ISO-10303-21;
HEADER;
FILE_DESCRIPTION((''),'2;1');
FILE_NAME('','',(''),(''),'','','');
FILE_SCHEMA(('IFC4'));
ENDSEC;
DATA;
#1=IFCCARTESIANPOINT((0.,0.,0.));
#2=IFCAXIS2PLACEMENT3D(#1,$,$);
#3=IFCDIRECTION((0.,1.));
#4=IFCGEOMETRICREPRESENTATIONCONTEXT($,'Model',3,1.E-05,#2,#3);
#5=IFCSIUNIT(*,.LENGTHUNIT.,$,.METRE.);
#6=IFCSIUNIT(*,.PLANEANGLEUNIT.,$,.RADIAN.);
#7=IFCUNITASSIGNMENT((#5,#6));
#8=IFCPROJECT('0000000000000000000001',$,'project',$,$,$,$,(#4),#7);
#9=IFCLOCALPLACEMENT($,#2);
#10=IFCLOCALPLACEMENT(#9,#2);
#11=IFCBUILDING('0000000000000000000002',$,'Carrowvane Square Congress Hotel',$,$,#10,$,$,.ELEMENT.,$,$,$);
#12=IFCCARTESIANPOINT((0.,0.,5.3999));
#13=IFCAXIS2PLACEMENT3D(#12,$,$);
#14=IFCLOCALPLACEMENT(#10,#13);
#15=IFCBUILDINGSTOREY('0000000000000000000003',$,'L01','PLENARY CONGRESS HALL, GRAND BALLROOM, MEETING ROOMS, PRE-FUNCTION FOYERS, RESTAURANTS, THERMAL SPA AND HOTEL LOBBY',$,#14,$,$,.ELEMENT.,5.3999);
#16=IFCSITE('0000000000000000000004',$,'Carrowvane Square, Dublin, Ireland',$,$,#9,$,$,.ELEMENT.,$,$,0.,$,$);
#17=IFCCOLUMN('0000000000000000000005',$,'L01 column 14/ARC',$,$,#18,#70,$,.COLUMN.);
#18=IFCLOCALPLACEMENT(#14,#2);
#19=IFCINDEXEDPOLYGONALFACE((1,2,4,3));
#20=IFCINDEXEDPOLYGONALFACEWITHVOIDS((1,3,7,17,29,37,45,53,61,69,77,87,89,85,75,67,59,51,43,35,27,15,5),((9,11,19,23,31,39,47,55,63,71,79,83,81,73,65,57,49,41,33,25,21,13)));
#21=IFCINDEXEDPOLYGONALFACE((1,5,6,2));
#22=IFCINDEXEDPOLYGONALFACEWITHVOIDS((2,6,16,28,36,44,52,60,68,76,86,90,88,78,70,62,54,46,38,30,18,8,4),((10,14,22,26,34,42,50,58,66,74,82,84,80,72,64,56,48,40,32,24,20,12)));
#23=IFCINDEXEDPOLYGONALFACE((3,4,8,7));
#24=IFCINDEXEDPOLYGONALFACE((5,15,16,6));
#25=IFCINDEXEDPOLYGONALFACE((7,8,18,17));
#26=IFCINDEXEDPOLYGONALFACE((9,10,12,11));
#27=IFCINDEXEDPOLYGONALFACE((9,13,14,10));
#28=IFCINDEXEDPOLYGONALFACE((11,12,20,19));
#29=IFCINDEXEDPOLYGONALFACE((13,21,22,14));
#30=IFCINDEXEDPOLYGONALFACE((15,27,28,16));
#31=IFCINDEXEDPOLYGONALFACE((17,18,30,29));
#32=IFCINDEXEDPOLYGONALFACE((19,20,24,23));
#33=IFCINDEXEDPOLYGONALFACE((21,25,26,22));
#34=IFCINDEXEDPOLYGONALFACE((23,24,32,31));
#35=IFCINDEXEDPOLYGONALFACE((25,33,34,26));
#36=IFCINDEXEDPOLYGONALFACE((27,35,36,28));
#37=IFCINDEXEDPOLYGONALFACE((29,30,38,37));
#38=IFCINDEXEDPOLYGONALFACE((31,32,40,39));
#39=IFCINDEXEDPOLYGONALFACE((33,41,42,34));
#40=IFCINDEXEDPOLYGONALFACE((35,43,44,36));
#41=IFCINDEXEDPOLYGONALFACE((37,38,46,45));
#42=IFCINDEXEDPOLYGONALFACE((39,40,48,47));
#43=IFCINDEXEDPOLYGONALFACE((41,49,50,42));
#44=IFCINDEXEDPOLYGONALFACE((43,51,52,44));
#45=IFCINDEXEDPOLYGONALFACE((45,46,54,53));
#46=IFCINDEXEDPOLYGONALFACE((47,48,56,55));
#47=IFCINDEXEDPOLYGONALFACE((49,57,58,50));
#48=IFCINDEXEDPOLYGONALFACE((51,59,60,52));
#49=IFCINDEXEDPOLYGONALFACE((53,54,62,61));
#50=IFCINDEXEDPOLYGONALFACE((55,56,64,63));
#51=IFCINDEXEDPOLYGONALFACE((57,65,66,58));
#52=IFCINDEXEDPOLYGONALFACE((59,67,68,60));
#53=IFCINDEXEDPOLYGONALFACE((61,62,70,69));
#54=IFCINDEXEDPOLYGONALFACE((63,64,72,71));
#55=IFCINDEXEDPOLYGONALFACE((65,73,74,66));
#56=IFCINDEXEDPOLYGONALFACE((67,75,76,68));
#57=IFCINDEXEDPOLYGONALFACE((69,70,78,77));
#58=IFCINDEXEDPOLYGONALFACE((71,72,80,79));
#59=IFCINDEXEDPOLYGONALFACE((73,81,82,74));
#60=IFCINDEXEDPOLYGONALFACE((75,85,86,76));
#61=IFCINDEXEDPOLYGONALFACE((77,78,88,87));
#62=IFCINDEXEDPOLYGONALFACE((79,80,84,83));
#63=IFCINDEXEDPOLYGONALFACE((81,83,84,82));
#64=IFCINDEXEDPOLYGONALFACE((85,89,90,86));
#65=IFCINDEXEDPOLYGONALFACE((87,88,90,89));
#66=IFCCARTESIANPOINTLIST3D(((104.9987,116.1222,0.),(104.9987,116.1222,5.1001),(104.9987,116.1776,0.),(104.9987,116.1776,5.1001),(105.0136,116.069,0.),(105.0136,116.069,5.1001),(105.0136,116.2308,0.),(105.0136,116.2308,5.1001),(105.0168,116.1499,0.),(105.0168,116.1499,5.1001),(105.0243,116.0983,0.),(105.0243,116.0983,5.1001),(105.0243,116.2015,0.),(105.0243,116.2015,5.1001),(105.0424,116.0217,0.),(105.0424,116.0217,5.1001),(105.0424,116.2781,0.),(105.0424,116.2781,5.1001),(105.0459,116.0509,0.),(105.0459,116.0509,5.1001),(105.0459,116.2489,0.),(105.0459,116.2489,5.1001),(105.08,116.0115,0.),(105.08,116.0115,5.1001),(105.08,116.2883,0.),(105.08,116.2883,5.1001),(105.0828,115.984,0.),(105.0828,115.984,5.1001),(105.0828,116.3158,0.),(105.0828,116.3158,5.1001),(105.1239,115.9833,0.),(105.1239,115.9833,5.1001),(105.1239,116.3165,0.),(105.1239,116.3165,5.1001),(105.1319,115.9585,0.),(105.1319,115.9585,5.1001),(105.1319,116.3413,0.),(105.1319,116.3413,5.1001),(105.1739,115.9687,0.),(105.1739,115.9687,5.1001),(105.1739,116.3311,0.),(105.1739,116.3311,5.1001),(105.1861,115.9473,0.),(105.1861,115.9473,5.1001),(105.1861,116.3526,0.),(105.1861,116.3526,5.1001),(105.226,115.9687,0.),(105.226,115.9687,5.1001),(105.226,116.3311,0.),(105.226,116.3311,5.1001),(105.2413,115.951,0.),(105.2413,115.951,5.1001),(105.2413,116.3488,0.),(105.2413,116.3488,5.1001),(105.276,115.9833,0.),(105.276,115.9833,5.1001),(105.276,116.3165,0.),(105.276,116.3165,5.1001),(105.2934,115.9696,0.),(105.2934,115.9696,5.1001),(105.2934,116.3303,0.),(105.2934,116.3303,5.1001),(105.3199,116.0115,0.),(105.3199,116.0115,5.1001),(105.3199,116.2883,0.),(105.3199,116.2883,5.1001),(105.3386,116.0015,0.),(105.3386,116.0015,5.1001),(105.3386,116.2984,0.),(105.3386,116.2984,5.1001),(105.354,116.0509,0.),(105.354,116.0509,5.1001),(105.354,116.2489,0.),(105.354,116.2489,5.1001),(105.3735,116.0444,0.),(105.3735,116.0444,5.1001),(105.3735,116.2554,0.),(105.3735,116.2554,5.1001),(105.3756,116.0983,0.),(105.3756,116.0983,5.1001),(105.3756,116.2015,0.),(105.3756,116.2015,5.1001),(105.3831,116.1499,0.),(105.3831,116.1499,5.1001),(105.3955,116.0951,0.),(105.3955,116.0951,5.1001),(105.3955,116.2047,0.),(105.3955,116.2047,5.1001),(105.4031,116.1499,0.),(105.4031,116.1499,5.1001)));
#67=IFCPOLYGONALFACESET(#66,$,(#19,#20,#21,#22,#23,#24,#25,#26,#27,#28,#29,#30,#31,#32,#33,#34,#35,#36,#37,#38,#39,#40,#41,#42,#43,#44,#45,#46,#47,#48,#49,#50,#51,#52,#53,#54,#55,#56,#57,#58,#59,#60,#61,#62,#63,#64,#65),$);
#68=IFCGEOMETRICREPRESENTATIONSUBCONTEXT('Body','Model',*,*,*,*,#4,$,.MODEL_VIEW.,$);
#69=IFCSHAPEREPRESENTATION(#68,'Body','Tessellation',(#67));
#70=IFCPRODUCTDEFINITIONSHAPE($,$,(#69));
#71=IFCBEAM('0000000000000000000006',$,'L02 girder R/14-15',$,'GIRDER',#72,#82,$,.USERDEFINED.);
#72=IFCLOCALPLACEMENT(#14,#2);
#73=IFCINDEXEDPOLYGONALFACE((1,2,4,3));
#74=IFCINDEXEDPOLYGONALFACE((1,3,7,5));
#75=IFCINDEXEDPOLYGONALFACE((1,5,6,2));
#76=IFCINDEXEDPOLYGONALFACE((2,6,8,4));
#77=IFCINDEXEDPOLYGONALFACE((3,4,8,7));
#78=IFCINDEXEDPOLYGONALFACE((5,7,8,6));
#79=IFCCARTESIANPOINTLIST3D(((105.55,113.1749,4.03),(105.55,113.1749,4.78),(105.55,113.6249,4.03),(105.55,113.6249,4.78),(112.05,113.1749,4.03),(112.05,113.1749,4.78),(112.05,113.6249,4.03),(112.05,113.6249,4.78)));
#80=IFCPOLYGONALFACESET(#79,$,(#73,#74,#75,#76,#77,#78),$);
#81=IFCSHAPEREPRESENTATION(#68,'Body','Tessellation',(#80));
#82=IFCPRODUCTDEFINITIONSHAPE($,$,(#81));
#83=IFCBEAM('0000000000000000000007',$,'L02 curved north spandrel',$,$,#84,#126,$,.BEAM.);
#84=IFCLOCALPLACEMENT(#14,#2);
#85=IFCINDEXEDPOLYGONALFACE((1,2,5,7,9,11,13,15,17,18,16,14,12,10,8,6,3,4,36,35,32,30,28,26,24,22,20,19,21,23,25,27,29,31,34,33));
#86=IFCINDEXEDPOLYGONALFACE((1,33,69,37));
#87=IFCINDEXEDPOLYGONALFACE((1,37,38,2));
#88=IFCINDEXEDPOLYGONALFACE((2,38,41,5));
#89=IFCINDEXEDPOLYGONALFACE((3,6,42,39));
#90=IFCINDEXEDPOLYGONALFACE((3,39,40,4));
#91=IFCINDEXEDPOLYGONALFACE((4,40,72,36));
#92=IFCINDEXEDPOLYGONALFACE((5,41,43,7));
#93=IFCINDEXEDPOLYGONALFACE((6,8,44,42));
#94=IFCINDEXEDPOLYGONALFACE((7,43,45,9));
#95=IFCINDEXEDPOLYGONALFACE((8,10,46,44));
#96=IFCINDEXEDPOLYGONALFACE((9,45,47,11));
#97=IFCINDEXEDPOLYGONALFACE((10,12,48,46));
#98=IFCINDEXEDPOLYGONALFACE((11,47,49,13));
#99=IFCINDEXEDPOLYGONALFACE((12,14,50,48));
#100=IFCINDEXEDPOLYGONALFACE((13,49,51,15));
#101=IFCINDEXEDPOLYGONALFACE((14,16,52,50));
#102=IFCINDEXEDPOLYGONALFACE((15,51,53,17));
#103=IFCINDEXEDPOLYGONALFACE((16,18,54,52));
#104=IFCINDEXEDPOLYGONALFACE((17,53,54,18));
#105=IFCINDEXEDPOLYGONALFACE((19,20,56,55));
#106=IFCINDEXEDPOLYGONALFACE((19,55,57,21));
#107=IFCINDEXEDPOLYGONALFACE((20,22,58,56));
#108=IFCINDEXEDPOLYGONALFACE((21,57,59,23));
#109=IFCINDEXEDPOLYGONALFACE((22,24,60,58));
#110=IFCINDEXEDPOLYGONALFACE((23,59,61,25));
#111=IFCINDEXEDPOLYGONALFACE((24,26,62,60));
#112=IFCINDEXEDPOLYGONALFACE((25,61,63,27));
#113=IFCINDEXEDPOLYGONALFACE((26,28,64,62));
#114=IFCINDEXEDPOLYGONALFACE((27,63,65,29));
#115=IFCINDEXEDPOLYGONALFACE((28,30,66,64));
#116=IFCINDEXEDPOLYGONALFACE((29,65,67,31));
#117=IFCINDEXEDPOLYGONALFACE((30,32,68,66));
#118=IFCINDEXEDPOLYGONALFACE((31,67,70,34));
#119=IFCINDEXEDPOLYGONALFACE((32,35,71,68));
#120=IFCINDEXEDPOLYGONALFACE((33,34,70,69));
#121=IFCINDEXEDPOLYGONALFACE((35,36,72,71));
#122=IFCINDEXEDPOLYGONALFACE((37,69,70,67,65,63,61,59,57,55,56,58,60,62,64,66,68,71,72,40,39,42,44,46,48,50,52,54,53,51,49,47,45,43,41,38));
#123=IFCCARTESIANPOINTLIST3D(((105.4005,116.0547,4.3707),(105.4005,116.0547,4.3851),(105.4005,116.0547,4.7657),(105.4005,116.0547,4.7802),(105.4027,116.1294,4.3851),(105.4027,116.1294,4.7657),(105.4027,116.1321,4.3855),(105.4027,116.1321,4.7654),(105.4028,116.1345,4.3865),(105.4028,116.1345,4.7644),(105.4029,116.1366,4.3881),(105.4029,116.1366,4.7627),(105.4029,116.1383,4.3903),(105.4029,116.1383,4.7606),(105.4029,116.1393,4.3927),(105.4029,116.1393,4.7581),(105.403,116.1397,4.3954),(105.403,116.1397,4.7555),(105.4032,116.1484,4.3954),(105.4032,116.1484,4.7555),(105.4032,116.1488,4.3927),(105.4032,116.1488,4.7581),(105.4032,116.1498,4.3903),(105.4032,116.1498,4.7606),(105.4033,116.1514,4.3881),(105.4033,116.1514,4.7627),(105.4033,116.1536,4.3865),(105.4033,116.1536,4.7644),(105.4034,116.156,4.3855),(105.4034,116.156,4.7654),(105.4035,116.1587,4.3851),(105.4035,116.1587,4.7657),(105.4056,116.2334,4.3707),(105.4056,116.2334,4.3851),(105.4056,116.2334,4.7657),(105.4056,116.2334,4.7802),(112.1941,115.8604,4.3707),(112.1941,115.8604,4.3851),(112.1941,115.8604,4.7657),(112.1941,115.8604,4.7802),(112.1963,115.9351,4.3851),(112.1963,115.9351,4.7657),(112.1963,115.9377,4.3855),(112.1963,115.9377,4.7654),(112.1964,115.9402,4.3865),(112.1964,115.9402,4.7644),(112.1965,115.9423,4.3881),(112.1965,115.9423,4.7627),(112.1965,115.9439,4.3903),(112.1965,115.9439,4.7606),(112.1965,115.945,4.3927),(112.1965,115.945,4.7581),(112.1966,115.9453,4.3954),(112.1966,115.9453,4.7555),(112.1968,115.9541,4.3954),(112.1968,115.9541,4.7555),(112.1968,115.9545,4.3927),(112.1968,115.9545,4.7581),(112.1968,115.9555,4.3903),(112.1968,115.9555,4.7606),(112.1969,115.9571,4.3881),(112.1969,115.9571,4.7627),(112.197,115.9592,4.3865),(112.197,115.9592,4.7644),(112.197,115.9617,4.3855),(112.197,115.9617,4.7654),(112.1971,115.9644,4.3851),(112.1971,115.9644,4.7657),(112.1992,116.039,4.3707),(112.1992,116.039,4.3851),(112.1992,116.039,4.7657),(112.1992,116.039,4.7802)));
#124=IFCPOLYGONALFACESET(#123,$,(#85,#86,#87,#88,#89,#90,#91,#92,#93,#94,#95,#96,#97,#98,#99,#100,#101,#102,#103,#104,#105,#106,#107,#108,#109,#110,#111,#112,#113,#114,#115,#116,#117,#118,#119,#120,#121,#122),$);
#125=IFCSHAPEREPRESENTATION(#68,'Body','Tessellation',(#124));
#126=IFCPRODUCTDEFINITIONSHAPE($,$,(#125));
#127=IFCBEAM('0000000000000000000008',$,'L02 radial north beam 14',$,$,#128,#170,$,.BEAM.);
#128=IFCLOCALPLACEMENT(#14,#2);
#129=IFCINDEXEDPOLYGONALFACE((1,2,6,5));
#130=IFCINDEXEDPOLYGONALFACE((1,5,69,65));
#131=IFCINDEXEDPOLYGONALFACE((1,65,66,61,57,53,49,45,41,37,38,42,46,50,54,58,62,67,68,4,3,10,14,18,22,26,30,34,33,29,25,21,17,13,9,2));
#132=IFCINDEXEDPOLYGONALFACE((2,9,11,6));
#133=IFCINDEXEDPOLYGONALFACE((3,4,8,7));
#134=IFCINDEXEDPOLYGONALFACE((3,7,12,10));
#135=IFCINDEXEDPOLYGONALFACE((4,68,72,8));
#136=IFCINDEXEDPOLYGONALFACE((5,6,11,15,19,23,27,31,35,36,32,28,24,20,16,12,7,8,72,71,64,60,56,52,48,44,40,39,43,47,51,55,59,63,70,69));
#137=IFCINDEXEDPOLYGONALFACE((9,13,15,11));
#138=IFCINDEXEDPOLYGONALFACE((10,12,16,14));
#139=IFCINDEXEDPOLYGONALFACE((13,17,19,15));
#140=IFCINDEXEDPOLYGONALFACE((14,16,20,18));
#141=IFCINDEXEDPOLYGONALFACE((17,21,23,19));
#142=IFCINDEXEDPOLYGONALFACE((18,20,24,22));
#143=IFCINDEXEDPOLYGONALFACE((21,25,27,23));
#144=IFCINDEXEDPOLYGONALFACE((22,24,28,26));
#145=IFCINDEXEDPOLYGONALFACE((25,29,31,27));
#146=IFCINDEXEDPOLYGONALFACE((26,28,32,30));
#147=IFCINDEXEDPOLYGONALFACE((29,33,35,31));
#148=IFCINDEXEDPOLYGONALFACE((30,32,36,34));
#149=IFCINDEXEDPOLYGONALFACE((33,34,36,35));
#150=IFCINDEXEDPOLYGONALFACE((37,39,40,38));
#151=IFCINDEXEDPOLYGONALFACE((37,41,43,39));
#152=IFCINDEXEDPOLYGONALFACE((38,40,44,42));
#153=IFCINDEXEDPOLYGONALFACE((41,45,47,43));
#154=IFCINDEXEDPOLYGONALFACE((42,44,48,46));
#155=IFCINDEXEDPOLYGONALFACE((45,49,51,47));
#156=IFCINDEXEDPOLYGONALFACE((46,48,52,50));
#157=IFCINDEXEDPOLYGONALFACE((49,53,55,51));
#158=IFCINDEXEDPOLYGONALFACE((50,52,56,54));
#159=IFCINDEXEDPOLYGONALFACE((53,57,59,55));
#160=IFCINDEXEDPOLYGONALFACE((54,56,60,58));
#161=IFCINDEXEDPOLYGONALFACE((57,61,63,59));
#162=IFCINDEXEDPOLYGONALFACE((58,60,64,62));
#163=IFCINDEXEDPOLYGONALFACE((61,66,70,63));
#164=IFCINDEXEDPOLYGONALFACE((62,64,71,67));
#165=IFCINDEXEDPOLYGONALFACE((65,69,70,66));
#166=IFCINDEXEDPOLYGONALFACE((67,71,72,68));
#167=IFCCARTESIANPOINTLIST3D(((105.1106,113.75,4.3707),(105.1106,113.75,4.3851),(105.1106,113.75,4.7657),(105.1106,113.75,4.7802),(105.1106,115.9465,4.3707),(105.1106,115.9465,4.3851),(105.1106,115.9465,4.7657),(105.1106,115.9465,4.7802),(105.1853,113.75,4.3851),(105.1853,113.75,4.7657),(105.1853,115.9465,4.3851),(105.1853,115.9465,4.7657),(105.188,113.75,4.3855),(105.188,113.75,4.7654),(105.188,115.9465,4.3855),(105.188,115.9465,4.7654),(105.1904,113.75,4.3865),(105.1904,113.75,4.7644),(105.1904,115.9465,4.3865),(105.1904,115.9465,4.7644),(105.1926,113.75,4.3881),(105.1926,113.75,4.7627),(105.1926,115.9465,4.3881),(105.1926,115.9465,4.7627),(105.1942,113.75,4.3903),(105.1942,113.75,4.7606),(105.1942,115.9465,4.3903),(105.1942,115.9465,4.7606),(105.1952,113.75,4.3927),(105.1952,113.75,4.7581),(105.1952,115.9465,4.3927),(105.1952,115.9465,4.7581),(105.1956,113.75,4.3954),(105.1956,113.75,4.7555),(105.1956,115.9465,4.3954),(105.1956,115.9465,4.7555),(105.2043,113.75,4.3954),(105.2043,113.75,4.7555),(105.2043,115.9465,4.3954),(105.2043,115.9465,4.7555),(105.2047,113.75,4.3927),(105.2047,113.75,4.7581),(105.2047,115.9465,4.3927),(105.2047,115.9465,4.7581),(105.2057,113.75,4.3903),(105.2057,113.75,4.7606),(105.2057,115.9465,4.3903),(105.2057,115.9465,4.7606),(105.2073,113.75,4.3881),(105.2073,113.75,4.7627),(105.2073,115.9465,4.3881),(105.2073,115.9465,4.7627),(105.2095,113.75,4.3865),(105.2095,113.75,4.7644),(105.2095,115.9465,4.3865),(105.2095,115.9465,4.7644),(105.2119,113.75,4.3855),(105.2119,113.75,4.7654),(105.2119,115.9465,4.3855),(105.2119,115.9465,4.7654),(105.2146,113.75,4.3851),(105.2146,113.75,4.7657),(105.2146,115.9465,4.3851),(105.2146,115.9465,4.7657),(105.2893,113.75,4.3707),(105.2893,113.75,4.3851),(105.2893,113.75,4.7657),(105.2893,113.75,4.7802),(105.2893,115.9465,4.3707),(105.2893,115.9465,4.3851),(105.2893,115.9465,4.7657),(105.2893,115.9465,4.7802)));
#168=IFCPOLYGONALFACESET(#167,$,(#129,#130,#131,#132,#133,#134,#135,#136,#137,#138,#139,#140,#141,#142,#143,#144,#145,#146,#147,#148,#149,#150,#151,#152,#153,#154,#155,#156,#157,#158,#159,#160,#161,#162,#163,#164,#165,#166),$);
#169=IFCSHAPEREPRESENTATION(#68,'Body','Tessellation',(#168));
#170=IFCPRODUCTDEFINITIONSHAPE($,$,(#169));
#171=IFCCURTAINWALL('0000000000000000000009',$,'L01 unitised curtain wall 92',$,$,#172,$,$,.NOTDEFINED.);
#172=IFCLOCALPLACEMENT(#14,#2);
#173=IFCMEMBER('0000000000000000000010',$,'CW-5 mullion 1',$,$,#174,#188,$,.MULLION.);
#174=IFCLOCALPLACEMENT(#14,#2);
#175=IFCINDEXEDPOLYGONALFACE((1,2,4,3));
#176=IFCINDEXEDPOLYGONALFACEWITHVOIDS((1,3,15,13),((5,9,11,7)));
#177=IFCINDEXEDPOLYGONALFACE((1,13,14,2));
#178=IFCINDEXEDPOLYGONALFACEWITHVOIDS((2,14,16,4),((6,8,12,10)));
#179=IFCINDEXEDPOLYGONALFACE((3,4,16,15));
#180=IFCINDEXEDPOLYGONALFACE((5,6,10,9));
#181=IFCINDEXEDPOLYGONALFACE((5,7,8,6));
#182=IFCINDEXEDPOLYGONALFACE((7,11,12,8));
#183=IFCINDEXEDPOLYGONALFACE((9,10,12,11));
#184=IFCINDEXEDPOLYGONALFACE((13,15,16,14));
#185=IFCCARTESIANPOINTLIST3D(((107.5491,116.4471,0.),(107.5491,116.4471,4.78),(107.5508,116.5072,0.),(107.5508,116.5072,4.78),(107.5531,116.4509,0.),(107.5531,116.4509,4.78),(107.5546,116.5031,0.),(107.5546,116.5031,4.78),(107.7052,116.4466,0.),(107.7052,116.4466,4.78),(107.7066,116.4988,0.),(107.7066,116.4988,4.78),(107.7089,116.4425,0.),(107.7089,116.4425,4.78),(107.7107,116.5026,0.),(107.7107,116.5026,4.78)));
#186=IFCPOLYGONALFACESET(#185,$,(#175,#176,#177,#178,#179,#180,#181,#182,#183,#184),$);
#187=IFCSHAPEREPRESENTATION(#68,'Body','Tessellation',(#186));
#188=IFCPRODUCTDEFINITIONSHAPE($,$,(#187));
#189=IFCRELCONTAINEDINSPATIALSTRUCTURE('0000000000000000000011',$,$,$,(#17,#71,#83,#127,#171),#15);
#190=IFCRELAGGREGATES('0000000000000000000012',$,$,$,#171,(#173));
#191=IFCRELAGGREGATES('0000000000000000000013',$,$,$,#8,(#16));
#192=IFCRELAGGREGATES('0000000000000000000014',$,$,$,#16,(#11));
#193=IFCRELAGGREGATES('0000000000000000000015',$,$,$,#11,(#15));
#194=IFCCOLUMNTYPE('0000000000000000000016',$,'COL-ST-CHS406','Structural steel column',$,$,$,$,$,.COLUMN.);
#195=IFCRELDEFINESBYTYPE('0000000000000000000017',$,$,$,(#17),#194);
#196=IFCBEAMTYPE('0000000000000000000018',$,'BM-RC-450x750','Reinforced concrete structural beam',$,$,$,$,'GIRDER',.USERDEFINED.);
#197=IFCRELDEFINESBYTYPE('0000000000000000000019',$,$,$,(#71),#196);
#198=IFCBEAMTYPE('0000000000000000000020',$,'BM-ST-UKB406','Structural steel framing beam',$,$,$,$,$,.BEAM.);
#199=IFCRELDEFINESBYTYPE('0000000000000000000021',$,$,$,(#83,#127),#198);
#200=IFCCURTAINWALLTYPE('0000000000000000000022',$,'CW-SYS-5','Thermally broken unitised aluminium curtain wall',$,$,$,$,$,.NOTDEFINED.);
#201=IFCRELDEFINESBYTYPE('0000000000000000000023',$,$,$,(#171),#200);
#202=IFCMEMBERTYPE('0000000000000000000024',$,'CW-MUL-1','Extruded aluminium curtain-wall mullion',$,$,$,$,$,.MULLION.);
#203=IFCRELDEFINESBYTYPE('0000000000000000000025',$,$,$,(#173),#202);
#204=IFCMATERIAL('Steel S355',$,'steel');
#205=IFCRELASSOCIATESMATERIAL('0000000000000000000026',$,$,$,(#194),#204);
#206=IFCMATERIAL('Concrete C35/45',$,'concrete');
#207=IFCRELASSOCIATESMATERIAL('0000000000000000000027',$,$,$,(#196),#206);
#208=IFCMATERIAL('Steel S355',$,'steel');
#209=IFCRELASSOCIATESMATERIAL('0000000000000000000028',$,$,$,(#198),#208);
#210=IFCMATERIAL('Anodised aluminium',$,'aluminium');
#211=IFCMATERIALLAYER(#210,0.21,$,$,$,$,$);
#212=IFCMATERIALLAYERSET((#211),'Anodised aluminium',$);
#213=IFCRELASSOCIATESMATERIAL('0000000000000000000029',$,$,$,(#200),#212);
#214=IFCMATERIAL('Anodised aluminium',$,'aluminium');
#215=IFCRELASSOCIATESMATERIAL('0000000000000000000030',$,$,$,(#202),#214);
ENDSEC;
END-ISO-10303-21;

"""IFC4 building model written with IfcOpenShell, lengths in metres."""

from ifc_helpers import new_model, si_unit, direction, frame, origin, origin_2d, place, context, subcontext, project, spatial, rectangle, hollow_rectangle, hollow_circle, i_section, extrude, material, layer, layer_set, material_profile, profile_set, type_object, element, aggregate, save


model = new_model("IFC4")

# Units and contexts
model_context = context("Model", 3, precision=1e-05, world=origin(), true_north=direction((0.0, 1.0)))
body_context = subcontext(model_context, "Body", "Model", "MODEL_VIEW")
ifc_project = project(units=[si_unit("LENGTHUNIT", "METRE"), si_unit("PLANEANGLEUNIT", "RADIAN")], contexts=[model_context])

# Site, building, storey
site_placement = place(None, origin())
site = spatial("IfcSite", under=ifc_project, at=site_placement, Name="Carrowvane Square, Dublin, Ireland", CompositionType="ELEMENT", RefElevation=0.0)
building_placement = place(site_placement, origin())
building = spatial("IfcBuilding", under=site, at=building_placement, Name="Carrowvane Square Congress Hotel", CompositionType="ELEMENT")
storey_placement = place(building_placement, frame((0.0, 0.0, 5.3999)))
storey = spatial("IfcBuildingStorey", under=building, at=storey_placement, Name="L01", Description="PLENARY CONGRESS HALL, GRAND BALLROOM, MEETING ROOMS, PRE-FUNCTION FOYERS, RESTAURANTS, THERMAL SPA AND HOTEL LOBBY", CompositionType="ELEMENT", Elevation=5.3999)

# Column
ifc_material_1 = material(Name="Steel S355", Category="steel")
ifc_material_profile_1 = material_profile(ifc_material_1, hollow_circle(Radius=0.2031, WallThickness=0.02, at=origin_2d()), Name="CHS 406.4x20")
ifc_profile_set_1 = profile_set([ifc_material_profile_1], Name="Steel S355")
column_type = type_object("IfcColumnType", Name="COL-ST-CHS406", Description="Structural steel column", PredefinedType="COLUMN", material=ifc_profile_set_1)
column_placement = place(storey_placement, frame((105.2, 116.1499, 0.0), z_axis=(0.0, 0.0, 1.0), x_axis=(1.0, 0.0, 0.0)))
element("IfcColumn", 1, at=column_placement, inside=storey, type_object=column_type, Name="L01 column 14/ARC", PredefinedType="COLUMN", context=body_context, shape_type="SweptSolid", body=[
    extrude(hollow_circle(Radius=0.2031, WallThickness=0.02, at=origin_2d()), origin(), (0.0, 0.0, 1.0), 5.1001),
])

# Beams
ifc_material_2 = material(Name="Concrete C35/45", Category="concrete")
ifc_material_profile_2 = material_profile(ifc_material_2, rectangle(XDim=0.45, YDim=0.75, at=origin_2d()), Name="RC 450x750")
ifc_profile_set_2 = profile_set([ifc_material_profile_2], Name="Concrete C35/45")
beam_type_1 = type_object("IfcBeamType", Name="BM-RC-450x750", Description="Reinforced concrete structural beam", ElementType="GIRDER", PredefinedType="USERDEFINED", material=ifc_profile_set_2)
beam_1_placement = place(storey_placement, frame((105.55, 113.3999, 4.405), z_axis=(1.0, 0.0, 0.0), x_axis=(0.0, 1.0, 0.0)))
element("IfcBeam", 2, at=beam_1_placement, inside=storey, type_object=beam_type_1, Name="L02 girder R/14-15", ObjectType="GIRDER", PredefinedType="USERDEFINED", context=body_context, shape_type="SweptSolid", body=[
    extrude(rectangle(XDim=0.45, YDim=0.75, at=origin_2d()), origin(), (0.0, 0.0, 1.0), 6.5),
])
ifc_material_3 = material(Name="Steel S355", Category="steel")
ifc_material_profile_3 = material_profile(ifc_material_3, i_section(OverallWidth=0.1787, OverallDepth=0.4094, WebThickness=0.0088, FlangeThickness=0.0144, FilletRadius=0.0103, at=origin_2d()), Name="UKB 406x178x67")
ifc_profile_set_3 = profile_set([ifc_material_profile_3], Name="Steel S355")
beam_type_2 = type_object("IfcBeamType", Name="BM-ST-UKB406", Description="Structural steel framing beam", PredefinedType="BEAM", material=ifc_profile_set_3)
beam_2_placement = place(storey_placement, frame((105.4031, 116.144, 4.5754), z_axis=(0.999591, -0.028594, 0.0), x_axis=(0.028594, 0.999591, 0.0)))
element("IfcBeam", 3, at=beam_2_placement, inside=storey, type_object=beam_type_2, Name="L02 curved north spandrel", PredefinedType="BEAM", context=body_context, shape_type="SweptSolid", body=[
    extrude(i_section(OverallWidth=0.1787, OverallDepth=0.4094, WebThickness=0.0088, FlangeThickness=0.0144, FilletRadius=0.0103, at=origin_2d()), origin(), (0.0, 0.0, 1.0), 6.7964),
])
beam_3_placement = place(storey_placement, frame((105.2, 113.75, 4.5754), z_axis=(0.0, 1.0, 0.0), x_axis=(-1.0, 0.0, 0.0)))
element("IfcBeam", 4, at=beam_3_placement, inside=storey, type_object=beam_type_2, Name="L02 radial north beam 14", PredefinedType="BEAM", context=body_context, shape_type="SweptSolid", body=[
    extrude(i_section(OverallWidth=0.1787, OverallDepth=0.4094, WebThickness=0.0088, FlangeThickness=0.0144, FilletRadius=0.0103, at=origin_2d()), origin(), (0.0, 0.0, 1.0), 2.1965),
])

# Curtain wall, member
ifc_material_4 = material(Name="Anodised aluminium", Category="aluminium")
ifc_layer_1 = layer(ifc_material_4, 0.21)
ifc_layer_set_1 = layer_set([ifc_layer_1], Name="Anodised aluminium")
curtain_wall_type_1 = type_object("IfcCurtainWallType", Name="CW-SYS-5", Description="Thermally broken unitised aluminium curtain wall", PredefinedType="NOTDEFINED", material=ifc_layer_set_1)
curtain_wall_1_placement = place(storey_placement, origin())
curtain_wall_1 = element("IfcCurtainWall", 5, at=curtain_wall_1_placement, inside=storey, type_object=curtain_wall_type_1, Name="L01 unitised curtain wall 92", PredefinedType="NOTDEFINED")
ifc_material_5 = material(Name="Anodised aluminium", Category="aluminium")
ifc_material_profile_4 = material_profile(ifc_material_5, hollow_rectangle(XDim=0.0601, YDim=0.1599, WallThickness=0.0039, at=origin_2d()), Name="CW-ML 60x160x4")
ifc_profile_set_4 = profile_set([ifc_material_profile_4], Name="Anodised aluminium")
member_type_1 = type_object("IfcMemberType", Name="CW-MUL-1", Description="Extruded aluminium curtain-wall mullion", PredefinedType="MULLION", material=ifc_profile_set_4)
member_1_placement = place(storey_placement, frame((107.6299, 116.4749, 0.0), z_axis=(0.0, 0.0, 1.0), x_axis=(0.028638, 0.99959, 0.0)))
member_1 = element("IfcMember", 6, at=member_1_placement, type_object=member_type_1, Name="CW-5 mullion 1", PredefinedType="MULLION", context=body_context, shape_type="SweptSolid", body=[
    extrude(hollow_rectangle(XDim=0.0601, YDim=0.1599, WallThickness=0.0039, at=origin_2d()), origin(), (0.0, 0.0, 1.0), 4.78),
])

aggregate(curtain_wall_1, [member_1])

save(model, "model.ifc")
